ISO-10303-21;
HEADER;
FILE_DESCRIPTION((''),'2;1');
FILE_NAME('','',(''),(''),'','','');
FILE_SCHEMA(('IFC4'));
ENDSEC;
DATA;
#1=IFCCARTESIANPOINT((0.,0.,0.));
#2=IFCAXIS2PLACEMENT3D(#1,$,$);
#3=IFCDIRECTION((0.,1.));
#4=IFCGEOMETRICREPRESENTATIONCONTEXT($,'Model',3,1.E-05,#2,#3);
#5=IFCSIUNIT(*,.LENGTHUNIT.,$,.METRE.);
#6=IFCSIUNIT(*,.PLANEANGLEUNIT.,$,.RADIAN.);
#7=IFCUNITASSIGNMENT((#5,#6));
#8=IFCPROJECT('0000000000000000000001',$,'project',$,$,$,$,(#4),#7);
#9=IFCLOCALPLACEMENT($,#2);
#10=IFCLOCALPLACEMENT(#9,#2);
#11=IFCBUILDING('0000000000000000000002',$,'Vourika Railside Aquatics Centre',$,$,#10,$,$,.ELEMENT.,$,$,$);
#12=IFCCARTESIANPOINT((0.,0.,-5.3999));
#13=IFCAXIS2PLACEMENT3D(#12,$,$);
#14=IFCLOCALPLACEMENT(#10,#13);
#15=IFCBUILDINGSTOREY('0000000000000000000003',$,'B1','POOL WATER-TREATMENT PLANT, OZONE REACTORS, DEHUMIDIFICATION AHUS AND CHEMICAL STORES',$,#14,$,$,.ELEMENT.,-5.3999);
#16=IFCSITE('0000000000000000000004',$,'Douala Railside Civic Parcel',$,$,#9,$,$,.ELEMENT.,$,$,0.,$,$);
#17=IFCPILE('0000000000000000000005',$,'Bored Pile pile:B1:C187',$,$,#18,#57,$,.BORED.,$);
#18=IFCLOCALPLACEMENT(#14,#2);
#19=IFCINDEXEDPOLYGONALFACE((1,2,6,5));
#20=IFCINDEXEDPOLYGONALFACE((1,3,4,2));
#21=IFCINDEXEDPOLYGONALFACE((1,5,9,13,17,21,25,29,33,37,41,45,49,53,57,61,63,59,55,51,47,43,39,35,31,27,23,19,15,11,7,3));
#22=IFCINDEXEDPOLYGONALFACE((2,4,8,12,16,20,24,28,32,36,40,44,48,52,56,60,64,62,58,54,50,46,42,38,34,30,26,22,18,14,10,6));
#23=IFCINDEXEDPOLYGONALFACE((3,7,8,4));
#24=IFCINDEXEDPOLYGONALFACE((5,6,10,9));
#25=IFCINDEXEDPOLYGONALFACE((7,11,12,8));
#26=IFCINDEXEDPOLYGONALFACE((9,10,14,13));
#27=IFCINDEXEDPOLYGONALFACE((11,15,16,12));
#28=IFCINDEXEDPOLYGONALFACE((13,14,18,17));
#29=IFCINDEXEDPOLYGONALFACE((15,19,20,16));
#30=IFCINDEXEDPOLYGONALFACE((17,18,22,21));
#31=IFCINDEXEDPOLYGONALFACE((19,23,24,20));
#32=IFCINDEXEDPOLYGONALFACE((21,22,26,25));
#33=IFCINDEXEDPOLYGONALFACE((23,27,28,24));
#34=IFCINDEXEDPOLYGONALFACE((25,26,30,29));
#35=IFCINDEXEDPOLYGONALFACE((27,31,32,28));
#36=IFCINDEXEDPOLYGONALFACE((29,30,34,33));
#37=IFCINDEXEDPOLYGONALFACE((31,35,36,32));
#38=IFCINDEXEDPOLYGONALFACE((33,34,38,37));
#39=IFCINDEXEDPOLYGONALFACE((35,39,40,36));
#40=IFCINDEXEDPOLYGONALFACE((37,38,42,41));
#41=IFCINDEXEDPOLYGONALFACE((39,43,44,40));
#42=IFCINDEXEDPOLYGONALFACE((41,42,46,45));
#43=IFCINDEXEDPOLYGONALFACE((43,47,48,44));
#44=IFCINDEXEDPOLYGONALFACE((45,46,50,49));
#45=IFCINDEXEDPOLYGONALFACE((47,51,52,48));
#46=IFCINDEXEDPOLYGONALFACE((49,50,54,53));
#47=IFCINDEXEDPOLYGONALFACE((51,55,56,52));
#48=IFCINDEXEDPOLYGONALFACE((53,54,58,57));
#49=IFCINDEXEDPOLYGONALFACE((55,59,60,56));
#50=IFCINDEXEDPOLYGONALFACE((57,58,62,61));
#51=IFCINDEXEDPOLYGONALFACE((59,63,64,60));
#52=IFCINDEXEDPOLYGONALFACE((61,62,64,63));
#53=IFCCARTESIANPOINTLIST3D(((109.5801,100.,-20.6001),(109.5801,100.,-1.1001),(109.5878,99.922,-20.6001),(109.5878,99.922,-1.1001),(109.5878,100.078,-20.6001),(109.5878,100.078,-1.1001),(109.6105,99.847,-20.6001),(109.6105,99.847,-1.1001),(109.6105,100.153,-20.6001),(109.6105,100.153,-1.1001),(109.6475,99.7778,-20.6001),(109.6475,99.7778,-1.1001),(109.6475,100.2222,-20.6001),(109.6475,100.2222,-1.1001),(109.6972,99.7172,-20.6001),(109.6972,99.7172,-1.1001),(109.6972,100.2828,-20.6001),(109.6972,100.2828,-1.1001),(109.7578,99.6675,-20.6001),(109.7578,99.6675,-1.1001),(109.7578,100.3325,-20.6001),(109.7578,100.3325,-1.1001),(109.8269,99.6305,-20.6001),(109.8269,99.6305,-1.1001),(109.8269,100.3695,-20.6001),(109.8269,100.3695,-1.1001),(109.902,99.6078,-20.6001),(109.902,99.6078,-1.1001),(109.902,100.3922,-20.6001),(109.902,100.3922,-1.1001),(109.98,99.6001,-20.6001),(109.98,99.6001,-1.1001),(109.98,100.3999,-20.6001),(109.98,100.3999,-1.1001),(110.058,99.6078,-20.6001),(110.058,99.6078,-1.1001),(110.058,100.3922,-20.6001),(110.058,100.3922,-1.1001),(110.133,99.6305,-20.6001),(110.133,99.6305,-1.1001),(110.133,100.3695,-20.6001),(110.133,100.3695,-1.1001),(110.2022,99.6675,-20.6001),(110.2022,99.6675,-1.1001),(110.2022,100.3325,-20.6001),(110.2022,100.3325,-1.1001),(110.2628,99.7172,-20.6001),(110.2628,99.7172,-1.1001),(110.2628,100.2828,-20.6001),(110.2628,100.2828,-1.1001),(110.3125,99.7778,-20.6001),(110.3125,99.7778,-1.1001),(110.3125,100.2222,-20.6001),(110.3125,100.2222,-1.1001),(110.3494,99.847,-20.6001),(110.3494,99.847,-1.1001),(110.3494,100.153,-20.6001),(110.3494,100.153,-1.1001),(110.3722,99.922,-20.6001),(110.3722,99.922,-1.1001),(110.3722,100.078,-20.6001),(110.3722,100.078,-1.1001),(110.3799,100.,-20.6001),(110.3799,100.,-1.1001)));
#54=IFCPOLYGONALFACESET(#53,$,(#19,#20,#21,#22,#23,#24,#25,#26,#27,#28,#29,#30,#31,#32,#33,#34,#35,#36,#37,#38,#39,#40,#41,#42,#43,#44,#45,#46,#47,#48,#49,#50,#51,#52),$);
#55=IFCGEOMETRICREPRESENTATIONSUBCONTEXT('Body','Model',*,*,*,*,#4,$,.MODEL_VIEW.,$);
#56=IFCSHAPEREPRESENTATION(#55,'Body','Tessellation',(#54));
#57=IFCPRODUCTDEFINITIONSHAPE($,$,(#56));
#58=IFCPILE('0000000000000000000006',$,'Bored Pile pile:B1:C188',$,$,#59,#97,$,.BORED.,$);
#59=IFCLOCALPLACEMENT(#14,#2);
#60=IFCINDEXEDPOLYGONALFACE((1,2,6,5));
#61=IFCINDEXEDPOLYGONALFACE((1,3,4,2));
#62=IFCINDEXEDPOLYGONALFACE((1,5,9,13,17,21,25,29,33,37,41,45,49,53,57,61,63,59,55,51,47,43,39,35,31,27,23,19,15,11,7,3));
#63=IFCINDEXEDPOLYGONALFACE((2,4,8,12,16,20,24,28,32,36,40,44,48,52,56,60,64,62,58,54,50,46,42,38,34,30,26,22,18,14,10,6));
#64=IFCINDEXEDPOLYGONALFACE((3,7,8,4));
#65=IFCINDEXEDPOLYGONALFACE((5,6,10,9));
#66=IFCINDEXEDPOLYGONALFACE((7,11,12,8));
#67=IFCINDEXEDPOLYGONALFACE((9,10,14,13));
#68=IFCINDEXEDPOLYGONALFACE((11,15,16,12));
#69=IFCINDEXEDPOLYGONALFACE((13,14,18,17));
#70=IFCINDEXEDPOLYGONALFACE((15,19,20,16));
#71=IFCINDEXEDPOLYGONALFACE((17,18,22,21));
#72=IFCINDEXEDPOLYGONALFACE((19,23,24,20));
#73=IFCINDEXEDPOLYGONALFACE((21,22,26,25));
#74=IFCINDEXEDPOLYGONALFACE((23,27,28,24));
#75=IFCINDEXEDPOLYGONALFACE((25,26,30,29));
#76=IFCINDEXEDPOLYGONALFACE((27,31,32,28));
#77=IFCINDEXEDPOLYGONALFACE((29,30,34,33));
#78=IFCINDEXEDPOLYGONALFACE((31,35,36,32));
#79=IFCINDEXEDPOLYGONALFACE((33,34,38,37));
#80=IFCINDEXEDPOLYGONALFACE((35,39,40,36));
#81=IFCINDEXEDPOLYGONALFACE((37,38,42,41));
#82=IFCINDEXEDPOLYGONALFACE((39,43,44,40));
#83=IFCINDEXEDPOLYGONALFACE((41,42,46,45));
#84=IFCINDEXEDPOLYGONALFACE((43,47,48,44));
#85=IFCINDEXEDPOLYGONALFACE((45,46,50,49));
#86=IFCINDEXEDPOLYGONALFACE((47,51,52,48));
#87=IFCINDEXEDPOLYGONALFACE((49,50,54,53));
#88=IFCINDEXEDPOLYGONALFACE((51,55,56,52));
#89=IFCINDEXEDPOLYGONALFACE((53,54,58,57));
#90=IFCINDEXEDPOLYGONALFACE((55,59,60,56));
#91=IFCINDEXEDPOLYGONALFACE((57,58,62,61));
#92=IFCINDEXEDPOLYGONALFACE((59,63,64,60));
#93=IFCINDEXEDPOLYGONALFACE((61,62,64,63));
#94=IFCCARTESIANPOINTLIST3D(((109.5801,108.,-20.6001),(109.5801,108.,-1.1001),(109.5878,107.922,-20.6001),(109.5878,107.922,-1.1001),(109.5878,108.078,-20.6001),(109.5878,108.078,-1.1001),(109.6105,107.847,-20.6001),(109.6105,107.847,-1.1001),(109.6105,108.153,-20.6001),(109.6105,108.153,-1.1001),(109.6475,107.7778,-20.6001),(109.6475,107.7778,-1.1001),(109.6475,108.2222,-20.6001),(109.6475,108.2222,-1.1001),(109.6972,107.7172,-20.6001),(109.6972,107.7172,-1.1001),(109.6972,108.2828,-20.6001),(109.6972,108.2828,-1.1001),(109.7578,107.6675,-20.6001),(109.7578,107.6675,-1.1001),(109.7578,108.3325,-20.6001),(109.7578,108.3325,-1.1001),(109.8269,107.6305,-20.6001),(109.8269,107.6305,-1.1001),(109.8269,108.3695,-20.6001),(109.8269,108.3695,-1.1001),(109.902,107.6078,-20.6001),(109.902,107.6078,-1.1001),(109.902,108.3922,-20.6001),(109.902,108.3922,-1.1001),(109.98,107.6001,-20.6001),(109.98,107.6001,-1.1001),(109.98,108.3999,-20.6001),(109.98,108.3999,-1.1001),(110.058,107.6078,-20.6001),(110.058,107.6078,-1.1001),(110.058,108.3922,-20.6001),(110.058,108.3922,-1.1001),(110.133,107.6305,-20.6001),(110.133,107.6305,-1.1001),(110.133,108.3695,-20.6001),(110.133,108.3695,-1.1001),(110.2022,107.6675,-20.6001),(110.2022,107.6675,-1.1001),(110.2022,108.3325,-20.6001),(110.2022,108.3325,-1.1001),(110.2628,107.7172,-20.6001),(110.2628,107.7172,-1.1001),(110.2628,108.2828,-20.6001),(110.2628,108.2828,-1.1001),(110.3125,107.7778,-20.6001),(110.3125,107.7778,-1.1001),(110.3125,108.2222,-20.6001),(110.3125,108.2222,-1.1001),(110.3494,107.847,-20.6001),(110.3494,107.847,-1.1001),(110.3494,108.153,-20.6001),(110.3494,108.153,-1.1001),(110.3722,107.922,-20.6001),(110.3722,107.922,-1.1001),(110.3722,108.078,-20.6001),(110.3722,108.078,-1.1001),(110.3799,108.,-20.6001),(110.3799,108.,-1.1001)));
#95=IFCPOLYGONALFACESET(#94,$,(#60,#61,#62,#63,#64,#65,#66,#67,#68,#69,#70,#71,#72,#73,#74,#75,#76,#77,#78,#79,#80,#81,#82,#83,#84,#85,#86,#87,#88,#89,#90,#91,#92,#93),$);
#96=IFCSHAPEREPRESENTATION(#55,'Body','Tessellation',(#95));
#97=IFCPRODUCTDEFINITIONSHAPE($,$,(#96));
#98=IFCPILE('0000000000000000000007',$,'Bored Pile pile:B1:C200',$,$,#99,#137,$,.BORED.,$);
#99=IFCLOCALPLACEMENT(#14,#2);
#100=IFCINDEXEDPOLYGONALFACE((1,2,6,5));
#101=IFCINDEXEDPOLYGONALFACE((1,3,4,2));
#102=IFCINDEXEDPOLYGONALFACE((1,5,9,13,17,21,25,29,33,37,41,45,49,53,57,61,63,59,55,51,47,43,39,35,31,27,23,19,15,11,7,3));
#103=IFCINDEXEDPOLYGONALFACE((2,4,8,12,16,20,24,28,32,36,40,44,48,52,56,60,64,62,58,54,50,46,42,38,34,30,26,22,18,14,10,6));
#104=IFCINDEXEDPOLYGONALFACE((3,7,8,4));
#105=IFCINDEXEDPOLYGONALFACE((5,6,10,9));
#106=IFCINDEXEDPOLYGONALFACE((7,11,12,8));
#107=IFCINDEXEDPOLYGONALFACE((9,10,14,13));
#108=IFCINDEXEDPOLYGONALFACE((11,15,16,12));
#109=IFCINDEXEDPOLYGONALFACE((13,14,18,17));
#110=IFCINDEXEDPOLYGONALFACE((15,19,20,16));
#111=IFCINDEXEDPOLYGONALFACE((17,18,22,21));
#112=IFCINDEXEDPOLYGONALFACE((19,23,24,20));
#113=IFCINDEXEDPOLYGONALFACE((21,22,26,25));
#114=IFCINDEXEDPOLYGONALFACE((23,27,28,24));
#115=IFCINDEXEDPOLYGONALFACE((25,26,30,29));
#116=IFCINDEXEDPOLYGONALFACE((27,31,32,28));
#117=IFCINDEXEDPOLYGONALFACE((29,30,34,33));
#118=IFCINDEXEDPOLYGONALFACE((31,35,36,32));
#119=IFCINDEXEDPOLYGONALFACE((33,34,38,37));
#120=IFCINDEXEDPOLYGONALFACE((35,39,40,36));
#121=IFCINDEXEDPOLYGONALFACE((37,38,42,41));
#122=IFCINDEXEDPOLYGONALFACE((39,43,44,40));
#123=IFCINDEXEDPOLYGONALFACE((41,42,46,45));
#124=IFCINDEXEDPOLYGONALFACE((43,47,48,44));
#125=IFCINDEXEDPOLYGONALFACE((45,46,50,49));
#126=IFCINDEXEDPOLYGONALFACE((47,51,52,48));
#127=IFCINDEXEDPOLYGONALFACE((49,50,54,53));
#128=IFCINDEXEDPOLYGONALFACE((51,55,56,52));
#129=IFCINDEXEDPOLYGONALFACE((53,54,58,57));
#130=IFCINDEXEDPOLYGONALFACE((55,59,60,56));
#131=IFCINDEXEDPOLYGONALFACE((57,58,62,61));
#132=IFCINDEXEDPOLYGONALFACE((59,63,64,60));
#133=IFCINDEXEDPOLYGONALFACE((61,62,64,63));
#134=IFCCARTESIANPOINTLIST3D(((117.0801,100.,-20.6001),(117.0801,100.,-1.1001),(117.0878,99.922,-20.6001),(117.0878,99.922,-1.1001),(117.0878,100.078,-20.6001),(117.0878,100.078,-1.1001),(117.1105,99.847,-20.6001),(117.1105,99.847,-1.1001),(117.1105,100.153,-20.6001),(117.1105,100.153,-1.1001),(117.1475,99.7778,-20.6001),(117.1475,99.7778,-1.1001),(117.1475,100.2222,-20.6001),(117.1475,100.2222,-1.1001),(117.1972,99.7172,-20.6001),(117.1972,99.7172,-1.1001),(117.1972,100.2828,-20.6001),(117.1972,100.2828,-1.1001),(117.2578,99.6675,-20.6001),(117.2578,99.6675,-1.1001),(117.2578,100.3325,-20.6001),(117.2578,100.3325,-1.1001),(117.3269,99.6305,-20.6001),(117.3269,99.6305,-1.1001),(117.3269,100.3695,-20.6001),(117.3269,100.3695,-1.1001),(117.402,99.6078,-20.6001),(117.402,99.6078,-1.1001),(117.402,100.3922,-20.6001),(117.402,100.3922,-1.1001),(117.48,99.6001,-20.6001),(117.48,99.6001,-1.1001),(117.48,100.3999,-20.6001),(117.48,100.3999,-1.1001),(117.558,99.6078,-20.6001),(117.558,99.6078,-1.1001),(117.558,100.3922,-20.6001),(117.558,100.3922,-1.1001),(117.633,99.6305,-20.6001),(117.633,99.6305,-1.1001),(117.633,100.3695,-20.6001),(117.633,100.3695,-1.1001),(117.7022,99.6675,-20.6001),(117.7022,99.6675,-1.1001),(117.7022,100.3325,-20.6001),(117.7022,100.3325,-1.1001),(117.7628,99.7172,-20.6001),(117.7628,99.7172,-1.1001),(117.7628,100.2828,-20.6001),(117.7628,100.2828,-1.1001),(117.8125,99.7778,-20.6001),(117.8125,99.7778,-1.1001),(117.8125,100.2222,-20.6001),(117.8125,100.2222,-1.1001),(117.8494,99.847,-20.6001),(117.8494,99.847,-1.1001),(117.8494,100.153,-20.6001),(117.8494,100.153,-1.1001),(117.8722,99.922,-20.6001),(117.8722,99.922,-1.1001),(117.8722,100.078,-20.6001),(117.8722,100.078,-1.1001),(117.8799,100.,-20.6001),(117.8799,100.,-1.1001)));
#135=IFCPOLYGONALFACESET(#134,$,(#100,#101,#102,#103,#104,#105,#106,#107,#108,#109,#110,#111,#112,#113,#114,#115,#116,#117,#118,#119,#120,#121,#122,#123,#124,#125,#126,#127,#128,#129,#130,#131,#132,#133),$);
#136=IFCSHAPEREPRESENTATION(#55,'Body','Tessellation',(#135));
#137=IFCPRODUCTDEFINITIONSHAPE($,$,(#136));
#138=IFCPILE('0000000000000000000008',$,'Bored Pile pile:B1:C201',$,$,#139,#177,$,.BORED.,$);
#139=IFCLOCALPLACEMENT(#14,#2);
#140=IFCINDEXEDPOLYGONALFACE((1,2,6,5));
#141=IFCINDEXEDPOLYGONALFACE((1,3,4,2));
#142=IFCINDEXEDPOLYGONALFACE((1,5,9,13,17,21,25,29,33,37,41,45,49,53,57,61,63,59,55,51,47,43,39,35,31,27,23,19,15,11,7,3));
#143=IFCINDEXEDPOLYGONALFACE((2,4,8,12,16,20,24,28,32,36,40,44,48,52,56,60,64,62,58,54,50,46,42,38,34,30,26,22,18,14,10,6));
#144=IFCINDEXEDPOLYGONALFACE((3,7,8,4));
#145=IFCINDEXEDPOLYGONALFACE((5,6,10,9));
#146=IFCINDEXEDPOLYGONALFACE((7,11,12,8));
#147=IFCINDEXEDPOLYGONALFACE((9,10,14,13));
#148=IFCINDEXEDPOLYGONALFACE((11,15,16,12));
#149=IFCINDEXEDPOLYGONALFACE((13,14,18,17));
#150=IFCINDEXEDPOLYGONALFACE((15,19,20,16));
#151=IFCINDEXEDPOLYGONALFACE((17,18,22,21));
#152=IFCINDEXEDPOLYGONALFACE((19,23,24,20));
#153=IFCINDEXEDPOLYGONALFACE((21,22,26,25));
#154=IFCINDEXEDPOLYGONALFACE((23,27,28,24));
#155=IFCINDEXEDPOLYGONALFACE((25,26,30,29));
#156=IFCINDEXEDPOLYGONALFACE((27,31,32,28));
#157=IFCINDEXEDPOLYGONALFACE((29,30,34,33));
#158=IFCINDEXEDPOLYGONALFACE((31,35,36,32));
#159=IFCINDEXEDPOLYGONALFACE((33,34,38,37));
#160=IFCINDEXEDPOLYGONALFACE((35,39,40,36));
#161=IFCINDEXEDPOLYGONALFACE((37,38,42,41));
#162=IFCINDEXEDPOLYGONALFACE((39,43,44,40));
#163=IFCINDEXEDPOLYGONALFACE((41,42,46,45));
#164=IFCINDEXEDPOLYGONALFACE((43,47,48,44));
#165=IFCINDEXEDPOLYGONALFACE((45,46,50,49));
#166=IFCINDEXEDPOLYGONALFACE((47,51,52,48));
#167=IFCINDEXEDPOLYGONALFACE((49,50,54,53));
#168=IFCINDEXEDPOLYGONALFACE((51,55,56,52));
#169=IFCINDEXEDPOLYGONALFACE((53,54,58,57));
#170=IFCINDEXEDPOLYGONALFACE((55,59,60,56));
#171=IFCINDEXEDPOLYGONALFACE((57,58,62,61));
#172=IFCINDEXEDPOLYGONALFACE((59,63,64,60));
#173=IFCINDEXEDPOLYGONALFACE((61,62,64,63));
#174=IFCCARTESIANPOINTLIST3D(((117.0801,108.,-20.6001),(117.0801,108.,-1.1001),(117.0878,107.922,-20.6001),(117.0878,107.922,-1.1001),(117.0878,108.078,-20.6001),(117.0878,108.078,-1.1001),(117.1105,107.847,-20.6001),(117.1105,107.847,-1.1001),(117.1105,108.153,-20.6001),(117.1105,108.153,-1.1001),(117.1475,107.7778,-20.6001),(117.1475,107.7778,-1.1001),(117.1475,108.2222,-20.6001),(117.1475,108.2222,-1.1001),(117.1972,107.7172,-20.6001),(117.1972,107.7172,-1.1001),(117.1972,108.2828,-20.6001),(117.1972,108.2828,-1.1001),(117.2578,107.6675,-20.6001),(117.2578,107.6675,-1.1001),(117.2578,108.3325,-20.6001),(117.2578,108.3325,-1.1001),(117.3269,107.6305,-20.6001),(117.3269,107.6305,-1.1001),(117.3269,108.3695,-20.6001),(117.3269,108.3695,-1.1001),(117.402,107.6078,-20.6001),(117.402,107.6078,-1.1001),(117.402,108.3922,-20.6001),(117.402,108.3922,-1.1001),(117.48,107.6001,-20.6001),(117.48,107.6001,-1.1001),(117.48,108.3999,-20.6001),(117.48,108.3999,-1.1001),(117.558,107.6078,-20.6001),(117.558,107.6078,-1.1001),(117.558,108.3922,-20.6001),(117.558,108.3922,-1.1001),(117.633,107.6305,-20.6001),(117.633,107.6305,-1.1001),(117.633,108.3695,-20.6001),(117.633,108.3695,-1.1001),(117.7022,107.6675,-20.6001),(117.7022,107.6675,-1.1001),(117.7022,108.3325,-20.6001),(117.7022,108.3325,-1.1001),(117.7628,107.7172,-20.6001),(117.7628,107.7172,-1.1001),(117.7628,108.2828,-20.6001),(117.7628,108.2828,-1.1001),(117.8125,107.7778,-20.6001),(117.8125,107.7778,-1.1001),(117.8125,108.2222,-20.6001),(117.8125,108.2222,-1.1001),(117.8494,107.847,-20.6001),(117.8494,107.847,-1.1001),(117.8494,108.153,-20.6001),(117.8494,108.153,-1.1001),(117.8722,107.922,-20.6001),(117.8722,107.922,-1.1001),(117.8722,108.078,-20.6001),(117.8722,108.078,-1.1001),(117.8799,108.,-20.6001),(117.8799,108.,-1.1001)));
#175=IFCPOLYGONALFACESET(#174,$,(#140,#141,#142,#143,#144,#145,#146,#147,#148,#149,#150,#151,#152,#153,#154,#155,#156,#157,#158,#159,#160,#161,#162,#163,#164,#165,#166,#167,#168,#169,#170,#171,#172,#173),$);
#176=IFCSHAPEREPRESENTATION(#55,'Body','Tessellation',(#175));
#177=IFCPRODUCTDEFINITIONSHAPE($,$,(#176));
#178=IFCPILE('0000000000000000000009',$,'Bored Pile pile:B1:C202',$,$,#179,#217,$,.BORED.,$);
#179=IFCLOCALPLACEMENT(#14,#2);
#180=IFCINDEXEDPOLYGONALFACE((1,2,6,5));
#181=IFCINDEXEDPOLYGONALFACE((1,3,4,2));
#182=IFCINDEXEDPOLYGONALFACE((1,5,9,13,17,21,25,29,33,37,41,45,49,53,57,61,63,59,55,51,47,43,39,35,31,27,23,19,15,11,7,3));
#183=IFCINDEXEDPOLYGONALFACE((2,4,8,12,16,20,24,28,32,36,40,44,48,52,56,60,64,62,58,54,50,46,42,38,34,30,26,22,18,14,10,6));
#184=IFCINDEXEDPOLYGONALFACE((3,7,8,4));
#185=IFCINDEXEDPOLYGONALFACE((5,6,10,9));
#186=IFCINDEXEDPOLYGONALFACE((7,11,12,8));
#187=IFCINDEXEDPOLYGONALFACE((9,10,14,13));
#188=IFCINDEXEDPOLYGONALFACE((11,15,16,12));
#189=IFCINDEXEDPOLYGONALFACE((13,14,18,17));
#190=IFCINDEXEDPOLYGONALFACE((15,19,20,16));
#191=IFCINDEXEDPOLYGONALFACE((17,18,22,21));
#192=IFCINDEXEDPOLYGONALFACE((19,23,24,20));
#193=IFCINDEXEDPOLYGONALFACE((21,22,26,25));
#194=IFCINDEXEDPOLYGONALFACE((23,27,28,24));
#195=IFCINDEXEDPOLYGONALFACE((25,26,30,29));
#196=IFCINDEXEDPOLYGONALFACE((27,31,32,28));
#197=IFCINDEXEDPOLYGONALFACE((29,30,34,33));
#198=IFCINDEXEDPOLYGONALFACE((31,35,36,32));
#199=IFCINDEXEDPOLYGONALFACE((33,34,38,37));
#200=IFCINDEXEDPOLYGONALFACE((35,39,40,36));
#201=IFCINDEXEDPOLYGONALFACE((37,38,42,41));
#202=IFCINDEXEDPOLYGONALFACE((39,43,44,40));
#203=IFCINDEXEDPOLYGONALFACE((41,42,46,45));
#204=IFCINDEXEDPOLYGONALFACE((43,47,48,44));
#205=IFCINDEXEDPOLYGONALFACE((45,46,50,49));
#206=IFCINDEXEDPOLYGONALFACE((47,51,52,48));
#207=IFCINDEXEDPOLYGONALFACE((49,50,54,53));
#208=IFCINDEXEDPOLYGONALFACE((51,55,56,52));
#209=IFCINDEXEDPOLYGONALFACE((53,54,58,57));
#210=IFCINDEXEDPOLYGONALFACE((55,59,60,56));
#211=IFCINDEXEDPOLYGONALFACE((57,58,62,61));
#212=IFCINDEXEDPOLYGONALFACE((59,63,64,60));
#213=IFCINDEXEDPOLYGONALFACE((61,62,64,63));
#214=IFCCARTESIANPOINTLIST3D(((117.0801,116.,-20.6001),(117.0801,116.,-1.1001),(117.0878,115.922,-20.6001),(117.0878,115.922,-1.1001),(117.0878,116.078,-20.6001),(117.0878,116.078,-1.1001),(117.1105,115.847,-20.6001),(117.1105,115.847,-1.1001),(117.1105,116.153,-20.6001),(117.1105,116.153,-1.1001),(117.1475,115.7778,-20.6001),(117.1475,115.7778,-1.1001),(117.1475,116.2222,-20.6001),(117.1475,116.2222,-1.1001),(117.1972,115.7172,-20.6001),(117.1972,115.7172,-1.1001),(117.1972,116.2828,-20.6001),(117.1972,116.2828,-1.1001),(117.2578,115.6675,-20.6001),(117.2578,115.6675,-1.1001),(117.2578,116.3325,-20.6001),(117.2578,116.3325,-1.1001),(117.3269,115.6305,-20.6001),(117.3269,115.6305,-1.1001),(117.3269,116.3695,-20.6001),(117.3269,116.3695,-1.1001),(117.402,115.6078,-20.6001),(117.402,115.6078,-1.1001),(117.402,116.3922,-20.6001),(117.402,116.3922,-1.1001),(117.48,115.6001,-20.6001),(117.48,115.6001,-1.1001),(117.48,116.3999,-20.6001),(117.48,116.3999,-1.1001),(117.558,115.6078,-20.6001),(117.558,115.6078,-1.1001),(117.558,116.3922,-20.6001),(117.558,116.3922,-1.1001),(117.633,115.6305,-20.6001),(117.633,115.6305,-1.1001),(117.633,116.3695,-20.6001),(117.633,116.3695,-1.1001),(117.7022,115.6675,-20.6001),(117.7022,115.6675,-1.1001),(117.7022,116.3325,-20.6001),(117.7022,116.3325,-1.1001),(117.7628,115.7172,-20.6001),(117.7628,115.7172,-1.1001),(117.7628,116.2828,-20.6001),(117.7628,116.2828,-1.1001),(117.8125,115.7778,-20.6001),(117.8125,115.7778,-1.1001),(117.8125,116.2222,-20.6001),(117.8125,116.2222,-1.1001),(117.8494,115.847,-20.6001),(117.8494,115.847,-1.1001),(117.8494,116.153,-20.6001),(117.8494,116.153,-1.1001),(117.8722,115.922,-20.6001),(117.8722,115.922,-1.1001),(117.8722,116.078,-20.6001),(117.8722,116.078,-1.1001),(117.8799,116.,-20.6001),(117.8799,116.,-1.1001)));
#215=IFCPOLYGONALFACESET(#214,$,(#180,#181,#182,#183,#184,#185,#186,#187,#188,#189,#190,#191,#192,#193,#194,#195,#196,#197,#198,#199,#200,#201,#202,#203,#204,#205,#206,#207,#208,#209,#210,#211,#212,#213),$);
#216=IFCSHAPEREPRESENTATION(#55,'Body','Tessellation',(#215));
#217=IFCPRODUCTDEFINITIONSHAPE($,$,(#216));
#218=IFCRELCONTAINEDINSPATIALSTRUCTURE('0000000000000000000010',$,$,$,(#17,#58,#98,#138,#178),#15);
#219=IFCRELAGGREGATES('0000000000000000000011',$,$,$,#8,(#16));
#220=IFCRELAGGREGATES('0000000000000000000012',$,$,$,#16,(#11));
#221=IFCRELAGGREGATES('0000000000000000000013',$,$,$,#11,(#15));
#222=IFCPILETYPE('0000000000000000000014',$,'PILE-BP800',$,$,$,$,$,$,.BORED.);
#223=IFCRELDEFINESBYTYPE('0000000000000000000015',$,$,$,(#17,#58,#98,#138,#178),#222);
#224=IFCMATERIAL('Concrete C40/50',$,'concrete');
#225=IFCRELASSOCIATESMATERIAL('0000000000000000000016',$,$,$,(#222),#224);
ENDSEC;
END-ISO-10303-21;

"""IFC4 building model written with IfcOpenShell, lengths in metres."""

from ifc_helpers import new_model, si_unit, direction, frame, origin, origin_2d, place, context, subcontext, project, spatial, circle, extrude, material, material_profile, profile_set, type_object, element, save


model = new_model("IFC4")

# Units and contexts
model_context = context("Model", 3, precision=1e-05, world=origin(), true_north=direction((0.0, 1.0)))
body_context = subcontext(model_context, "Body", "Model", "MODEL_VIEW")
ifc_project = project(units=[si_unit("LENGTHUNIT", "METRE"), si_unit("PLANEANGLEUNIT", "RADIAN")], contexts=[model_context])

# Site, building, storey
site_placement = place(None, origin())
site = spatial("IfcSite", under=ifc_project, at=site_placement, Name="Douala Railside Civic Parcel", CompositionType="ELEMENT", RefElevation=0.0)
building_placement = place(site_placement, origin())
building = spatial("IfcBuilding", under=site, at=building_placement, Name="Vourika Railside Aquatics Centre", CompositionType="ELEMENT")
storey_placement = place(building_placement, frame((0.0, 0.0, -5.3999)))
storey = spatial("IfcBuildingStorey", under=building, at=storey_placement, Name="B1", Description="POOL WATER-TREATMENT PLANT, OZONE REACTORS, DEHUMIDIFICATION AHUS AND CHEMICAL STORES", CompositionType="ELEMENT", Elevation=-5.3999)

# Shared definitions
ifc_material_1 = material(Name="Concrete C40/50", Category="concrete")

# Piles
ifc_material_profile_1 = material_profile(ifc_material_1, circle(Radius=0.3999, at=origin_2d()), Name="BP 800")
ifc_profile_set_1 = profile_set([ifc_material_profile_1], Name="Concrete C40/50")
pile_type = type_object("IfcPileType", Name="PILE-BP800", PredefinedType="BORED", material=ifc_profile_set_1)
for number, where, z_axis, x_axis, name in (
    (1, (109.98, 100.0, -1.1001), (0.0, 0.0, -1.0), (1.0, 0.0, 0.0), "Bored Pile pile:B1:C187"),
    (2, (109.98, 108.0, -1.1001), (0.0, 0.0, -1.0), (1.0, 0.0, 0.0), "Bored Pile pile:B1:C188"),
    (3, (117.48, 100.0, -1.1001), (0.0, 0.0, -1.0), (1.0, 0.0, 0.0), "Bored Pile pile:B1:C200"),
    (4, (117.48, 108.0, -1.1001), (0.0, 0.0, -1.0), (1.0, 0.0, 0.0), "Bored Pile pile:B1:C201"),
    (5, (117.48, 116.0, -1.1001), (0.0, 0.0, -1.0), (1.0, 0.0, 0.0), "Bored Pile pile:B1:C202"),
):
    element("IfcPile", number, at=place(storey_placement, frame(where, z_axis=z_axis, x_axis=x_axis)), inside=storey, type_object=pile_type, Name=name, PredefinedType="BORED", context=body_context, shape_type="SweptSolid", body=[
        extrude(circle(Radius=0.3999, at=origin_2d()), origin(), (0.0, 0.0, 1.0), 19.5),
    ])

save(model, "model.ifc")
